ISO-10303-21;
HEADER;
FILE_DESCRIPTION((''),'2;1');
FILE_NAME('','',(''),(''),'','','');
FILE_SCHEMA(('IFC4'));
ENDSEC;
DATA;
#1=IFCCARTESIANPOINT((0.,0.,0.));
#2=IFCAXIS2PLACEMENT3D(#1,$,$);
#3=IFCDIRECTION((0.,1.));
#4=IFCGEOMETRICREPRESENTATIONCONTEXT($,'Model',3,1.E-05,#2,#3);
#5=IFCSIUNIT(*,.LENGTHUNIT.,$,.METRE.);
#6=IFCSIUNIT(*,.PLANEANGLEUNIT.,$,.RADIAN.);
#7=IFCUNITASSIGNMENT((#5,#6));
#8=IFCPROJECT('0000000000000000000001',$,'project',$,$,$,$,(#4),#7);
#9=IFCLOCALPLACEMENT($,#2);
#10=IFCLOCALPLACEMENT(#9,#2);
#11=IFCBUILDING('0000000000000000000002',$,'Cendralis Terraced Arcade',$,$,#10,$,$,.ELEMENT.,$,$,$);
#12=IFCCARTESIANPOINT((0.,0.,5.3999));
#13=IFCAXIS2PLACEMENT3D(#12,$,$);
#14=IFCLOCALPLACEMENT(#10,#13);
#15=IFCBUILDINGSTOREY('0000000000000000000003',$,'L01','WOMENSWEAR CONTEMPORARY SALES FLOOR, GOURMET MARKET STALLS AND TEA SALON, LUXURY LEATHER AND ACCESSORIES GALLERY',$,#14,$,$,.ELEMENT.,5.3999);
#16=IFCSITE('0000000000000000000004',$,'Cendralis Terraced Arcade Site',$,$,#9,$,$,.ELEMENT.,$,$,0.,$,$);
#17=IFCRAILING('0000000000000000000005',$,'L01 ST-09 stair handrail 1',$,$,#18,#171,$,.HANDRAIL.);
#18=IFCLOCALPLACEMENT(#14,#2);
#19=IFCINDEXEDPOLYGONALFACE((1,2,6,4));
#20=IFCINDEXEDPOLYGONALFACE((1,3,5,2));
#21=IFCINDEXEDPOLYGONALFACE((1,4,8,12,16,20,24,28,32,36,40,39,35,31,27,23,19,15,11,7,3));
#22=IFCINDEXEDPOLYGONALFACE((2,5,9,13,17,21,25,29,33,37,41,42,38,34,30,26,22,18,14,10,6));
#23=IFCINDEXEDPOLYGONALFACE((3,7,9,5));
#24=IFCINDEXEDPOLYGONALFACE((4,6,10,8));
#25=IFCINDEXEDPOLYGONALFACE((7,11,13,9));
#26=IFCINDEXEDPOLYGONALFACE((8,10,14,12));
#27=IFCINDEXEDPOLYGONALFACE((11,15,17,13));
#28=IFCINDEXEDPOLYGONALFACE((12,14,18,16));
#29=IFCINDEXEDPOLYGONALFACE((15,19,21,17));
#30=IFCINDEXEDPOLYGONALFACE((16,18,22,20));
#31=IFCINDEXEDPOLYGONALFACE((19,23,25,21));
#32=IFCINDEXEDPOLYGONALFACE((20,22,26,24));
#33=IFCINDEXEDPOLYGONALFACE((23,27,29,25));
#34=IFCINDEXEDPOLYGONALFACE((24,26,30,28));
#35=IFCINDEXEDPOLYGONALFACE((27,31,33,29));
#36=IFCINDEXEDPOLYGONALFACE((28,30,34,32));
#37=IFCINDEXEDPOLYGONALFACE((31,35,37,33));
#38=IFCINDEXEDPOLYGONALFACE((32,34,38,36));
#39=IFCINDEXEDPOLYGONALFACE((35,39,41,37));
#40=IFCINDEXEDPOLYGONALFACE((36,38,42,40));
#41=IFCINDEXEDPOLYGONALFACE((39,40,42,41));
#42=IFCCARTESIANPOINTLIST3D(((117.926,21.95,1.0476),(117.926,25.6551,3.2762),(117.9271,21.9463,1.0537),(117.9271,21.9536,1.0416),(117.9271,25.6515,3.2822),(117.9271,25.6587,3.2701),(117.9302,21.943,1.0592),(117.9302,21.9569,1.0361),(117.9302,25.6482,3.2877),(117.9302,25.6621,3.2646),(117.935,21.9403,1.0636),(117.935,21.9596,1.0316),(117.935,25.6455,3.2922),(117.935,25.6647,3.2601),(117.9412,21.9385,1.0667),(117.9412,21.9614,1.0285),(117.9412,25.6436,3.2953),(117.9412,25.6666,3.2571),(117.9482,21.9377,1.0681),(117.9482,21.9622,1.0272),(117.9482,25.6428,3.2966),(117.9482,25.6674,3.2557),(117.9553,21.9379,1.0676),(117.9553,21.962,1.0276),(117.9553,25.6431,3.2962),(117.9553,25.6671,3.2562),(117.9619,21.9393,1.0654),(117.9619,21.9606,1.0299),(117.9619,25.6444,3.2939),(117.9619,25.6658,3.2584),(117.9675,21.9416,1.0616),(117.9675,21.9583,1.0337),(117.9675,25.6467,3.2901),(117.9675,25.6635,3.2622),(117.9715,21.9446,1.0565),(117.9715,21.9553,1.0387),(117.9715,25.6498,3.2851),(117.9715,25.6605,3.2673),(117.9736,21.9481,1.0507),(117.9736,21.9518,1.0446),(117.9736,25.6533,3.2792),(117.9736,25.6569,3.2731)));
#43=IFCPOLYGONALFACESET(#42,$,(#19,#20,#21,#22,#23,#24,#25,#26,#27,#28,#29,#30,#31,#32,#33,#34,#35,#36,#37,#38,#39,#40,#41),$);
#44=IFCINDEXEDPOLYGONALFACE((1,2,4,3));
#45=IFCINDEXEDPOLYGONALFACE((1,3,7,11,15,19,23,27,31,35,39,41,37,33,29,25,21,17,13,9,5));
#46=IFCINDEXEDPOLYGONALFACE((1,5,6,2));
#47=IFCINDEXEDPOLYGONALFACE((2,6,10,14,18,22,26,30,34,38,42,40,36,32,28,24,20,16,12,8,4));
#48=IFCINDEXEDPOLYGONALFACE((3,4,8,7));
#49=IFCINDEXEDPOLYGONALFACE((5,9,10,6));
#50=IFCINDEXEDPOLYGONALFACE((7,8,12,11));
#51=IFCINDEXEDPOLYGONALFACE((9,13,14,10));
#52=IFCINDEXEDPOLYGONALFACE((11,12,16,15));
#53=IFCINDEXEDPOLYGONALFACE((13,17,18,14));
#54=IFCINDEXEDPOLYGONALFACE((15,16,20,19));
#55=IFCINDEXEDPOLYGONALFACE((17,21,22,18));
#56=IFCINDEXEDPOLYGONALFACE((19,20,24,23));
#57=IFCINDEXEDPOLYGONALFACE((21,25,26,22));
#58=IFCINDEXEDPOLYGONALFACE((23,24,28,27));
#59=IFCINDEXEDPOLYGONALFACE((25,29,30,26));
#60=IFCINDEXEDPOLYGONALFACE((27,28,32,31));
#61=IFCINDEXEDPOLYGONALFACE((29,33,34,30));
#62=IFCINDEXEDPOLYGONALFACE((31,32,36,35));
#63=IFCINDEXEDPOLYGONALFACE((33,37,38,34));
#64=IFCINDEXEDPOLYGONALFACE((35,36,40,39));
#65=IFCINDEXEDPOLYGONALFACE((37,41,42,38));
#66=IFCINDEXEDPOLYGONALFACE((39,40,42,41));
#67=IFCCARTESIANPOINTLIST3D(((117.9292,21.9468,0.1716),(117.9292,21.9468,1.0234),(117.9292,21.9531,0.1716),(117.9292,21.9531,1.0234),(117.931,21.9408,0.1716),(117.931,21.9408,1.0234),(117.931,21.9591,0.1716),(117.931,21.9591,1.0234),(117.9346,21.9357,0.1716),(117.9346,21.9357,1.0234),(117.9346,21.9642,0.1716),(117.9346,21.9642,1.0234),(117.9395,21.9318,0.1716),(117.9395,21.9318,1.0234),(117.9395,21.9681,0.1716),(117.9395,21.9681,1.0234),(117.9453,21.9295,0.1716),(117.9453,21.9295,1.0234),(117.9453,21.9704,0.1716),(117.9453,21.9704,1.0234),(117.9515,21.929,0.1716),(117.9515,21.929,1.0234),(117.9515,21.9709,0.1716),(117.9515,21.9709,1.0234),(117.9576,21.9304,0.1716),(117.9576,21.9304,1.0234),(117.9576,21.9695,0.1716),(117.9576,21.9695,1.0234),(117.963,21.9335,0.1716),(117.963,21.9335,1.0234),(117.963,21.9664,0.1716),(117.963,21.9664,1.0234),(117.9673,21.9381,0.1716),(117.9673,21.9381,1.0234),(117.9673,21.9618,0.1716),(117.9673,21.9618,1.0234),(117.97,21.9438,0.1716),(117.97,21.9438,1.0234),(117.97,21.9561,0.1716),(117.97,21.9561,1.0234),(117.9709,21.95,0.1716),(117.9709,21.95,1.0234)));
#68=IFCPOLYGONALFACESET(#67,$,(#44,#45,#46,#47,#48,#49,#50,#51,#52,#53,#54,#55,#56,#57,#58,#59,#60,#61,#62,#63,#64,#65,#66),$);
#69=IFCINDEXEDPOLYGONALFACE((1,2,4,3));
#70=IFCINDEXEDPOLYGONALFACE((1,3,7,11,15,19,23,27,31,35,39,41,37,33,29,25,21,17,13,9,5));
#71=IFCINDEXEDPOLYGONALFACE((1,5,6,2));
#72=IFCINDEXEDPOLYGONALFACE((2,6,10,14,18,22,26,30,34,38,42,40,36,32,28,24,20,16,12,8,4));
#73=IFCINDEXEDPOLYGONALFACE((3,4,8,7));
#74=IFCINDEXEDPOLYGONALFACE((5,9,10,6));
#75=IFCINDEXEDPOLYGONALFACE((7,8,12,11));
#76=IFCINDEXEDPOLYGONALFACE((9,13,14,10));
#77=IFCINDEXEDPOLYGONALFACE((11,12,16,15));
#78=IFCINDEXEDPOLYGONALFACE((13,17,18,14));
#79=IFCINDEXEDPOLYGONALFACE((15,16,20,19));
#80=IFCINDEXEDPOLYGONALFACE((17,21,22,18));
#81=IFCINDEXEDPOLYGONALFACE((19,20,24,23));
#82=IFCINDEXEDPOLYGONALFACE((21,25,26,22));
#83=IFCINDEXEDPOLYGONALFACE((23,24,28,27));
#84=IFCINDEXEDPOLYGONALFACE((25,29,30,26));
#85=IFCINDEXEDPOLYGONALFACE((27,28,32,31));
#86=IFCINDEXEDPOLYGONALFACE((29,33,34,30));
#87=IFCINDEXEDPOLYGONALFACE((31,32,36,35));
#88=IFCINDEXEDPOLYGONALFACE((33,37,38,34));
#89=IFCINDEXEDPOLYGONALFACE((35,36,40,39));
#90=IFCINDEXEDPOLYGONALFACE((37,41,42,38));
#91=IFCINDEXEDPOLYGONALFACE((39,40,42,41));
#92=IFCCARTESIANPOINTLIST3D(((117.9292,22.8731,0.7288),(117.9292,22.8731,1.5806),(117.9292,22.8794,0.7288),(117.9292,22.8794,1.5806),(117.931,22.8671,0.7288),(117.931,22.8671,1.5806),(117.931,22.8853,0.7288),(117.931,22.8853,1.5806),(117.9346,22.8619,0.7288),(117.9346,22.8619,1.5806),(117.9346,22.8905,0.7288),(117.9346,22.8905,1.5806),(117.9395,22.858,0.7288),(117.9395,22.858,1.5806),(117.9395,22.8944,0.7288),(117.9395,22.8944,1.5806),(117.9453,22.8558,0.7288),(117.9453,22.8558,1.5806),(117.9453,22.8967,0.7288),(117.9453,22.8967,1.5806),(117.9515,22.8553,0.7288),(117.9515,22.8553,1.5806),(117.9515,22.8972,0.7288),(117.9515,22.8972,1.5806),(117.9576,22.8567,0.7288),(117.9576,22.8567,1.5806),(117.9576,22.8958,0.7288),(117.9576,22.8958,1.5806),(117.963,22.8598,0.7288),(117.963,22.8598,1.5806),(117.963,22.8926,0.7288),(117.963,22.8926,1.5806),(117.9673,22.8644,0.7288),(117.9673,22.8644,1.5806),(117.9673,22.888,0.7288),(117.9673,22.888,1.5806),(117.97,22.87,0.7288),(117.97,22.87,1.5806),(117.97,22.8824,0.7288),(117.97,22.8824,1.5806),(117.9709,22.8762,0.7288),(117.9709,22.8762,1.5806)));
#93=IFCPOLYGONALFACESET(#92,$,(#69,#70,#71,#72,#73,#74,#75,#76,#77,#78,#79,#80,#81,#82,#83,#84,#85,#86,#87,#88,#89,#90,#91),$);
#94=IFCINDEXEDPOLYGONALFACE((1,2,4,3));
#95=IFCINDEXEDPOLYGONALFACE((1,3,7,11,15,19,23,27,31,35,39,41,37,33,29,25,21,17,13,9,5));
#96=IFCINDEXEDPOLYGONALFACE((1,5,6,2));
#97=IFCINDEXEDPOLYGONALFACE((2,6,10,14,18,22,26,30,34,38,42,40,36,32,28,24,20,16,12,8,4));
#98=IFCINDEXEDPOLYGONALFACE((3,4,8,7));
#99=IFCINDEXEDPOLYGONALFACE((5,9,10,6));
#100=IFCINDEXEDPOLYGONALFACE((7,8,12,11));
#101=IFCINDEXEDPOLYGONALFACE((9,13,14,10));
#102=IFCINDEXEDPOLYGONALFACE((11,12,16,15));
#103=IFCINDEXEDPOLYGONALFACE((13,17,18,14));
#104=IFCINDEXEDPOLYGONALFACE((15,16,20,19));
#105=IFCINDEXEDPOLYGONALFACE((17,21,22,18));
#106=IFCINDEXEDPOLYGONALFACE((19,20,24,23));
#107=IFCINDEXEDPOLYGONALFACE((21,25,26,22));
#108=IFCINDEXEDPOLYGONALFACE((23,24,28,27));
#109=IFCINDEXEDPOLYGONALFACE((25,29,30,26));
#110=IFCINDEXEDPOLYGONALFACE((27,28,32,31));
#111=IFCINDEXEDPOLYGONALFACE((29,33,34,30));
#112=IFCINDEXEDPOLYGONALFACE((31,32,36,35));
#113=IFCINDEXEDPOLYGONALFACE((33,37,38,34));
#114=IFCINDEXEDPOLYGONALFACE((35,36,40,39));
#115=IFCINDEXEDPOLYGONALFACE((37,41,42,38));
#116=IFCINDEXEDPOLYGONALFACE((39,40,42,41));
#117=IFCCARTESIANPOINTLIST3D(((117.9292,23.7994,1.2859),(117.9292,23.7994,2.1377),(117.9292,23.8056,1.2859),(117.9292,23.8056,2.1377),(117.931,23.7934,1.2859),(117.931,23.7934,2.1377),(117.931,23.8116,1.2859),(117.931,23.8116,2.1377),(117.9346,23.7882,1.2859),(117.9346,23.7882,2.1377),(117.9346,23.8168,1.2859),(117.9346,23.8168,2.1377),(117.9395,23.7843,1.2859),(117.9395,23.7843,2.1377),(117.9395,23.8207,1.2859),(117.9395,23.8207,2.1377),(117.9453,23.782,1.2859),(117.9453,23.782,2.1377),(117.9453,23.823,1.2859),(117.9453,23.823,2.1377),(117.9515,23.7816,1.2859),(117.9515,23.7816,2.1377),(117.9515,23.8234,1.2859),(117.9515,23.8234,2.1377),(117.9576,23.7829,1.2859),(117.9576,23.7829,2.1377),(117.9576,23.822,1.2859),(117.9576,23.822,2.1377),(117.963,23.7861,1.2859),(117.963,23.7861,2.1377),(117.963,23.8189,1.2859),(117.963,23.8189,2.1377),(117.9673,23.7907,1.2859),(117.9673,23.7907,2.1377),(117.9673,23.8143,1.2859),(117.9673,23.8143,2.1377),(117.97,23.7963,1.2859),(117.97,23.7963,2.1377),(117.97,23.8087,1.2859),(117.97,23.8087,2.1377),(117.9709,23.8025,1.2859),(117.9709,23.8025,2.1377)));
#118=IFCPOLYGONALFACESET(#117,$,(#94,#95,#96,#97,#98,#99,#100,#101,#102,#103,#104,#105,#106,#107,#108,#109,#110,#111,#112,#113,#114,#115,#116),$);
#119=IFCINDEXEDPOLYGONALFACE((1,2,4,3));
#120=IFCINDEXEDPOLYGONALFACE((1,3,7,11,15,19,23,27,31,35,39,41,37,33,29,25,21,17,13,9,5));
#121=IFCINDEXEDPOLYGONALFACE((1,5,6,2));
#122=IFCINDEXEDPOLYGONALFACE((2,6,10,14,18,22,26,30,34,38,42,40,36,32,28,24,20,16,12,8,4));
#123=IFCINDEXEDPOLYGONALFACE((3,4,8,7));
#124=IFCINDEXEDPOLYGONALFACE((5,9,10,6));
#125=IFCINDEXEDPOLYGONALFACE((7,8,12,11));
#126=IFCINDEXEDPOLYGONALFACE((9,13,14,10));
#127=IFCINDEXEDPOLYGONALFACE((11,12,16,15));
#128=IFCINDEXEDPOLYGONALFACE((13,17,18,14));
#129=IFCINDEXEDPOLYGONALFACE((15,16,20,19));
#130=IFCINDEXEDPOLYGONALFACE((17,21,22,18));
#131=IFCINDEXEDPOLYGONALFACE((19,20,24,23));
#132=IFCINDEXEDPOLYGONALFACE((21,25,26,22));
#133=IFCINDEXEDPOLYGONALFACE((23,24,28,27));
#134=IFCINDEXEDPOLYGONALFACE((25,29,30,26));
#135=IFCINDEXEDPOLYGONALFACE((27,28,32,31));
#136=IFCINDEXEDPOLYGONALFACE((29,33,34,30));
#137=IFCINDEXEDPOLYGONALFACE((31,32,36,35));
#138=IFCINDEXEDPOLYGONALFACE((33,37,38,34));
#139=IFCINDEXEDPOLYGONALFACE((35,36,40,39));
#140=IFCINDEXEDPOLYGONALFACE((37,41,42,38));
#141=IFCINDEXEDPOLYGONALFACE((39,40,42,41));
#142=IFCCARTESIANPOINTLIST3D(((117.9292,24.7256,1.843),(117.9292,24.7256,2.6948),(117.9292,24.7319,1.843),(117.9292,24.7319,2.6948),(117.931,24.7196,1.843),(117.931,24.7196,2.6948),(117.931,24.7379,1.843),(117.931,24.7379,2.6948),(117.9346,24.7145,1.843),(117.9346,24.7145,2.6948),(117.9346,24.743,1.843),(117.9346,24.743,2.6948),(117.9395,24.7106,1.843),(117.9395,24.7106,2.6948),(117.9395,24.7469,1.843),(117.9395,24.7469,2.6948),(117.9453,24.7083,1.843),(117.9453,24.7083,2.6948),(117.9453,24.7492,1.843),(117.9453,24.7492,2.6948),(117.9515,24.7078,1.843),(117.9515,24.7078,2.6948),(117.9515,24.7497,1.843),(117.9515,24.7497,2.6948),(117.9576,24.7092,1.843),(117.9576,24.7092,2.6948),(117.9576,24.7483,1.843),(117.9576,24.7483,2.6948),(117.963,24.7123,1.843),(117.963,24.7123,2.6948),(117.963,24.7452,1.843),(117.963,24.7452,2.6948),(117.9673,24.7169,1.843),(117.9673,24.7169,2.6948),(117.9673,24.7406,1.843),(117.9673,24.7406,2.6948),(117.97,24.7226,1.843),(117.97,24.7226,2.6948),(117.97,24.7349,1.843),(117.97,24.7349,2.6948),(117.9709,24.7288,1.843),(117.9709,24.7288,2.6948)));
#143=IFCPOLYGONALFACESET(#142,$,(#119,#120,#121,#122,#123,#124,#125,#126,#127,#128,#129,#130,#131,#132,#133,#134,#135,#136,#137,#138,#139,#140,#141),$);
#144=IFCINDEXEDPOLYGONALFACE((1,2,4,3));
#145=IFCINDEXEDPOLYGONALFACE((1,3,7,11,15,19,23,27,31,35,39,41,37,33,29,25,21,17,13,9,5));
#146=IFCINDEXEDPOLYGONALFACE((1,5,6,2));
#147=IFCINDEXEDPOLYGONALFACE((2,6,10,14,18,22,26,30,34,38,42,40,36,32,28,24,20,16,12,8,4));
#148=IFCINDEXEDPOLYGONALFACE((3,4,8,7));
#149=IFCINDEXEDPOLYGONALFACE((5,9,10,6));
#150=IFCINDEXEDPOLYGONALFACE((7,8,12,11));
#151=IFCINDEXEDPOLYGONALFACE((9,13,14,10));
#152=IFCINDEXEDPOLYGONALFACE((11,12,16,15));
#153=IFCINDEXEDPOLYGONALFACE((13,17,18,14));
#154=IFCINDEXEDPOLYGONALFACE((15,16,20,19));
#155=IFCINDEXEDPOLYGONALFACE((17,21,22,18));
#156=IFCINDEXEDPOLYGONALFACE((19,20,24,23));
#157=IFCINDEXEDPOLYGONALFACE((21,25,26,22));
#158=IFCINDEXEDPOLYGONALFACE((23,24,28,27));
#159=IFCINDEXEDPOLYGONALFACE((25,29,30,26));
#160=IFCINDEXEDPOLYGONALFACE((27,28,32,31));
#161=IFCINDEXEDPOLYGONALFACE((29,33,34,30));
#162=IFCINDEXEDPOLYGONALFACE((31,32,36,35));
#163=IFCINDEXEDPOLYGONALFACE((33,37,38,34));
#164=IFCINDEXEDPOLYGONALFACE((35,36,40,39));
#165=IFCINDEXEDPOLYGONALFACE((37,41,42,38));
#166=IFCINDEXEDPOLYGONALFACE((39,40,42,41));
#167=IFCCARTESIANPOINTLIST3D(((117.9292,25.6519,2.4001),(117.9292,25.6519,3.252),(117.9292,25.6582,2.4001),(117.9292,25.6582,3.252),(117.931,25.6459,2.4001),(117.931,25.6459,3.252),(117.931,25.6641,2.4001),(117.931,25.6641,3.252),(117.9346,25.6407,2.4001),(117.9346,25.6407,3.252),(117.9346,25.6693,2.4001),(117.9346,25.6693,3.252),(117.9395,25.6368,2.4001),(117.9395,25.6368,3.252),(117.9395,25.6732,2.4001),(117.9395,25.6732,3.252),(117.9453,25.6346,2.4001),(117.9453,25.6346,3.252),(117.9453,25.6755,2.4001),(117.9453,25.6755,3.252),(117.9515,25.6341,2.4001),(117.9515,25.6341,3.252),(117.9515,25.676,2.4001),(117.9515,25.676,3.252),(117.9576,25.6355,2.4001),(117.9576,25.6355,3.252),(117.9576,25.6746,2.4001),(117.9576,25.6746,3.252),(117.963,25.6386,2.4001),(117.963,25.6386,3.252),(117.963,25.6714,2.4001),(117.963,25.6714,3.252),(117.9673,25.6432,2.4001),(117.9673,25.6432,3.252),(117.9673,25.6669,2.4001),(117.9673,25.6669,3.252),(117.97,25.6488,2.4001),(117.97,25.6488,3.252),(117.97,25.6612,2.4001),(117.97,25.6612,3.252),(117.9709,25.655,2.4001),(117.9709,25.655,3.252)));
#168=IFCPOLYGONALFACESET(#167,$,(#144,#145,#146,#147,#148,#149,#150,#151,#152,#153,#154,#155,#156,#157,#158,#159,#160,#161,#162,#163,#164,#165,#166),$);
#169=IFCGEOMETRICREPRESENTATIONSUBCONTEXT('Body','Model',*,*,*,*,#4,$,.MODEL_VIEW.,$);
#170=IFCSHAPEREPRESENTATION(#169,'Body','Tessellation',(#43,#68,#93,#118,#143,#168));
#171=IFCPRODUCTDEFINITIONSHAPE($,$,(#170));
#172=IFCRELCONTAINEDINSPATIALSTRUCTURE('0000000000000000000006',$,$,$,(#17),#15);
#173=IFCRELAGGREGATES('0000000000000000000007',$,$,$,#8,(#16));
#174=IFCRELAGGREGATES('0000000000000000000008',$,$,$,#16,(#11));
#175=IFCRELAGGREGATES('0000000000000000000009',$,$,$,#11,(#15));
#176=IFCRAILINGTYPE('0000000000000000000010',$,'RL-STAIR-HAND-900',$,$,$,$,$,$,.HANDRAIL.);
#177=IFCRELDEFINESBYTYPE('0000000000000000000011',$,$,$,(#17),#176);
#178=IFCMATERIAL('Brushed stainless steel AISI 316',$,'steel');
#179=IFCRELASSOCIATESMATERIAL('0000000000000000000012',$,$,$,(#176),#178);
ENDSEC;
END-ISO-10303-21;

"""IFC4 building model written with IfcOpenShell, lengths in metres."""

from ifc_helpers import new_model, si_unit, direction, frame, origin, origin_2d, place, context, subcontext, project, spatial, circle, extrude, material, type_object, element, save


model = new_model("IFC4")

# Units and contexts
model_context = context("Model", 3, precision=1e-05, world=origin(), true_north=direction((0.0, 1.0)))
body_context = subcontext(model_context, "Body", "Model", "MODEL_VIEW")
ifc_project = project(units=[si_unit("LENGTHUNIT", "METRE"), si_unit("PLANEANGLEUNIT", "RADIAN")], contexts=[model_context])

# Site, building, storey
site_placement = place(None, origin())
site = spatial("IfcSite", under=ifc_project, at=site_placement, Name="Cendralis Terraced Arcade Site", CompositionType="ELEMENT", RefElevation=0.0)
building_placement = place(site_placement, origin())
building = spatial("IfcBuilding", under=site, at=building_placement, Name="Cendralis Terraced Arcade", CompositionType="ELEMENT")
storey_placement = place(building_placement, frame((0.0, 0.0, 5.3999)))
storey = spatial("IfcBuildingStorey", under=building, at=storey_placement, Name="L01", Description="WOMENSWEAR CONTEMPORARY SALES FLOOR, GOURMET MARKET STALLS AND TEA SALON, LUXURY LEATHER AND ACCESSORIES GALLERY", CompositionType="ELEMENT", Elevation=5.3999)

# Railing
ifc_material_1 = material(Name="Brushed stainless steel AISI 316", Category="steel")
railing_type_1 = type_object("IfcRailingType", Name="RL-STAIR-HAND-900", PredefinedType="HANDRAIL", material=ifc_material_1)
railing_1_placement = place(storey_placement, frame((117.95, 21.95, 0.1716)))
element("IfcRailing", 1, at=railing_1_placement, inside=storey, type_object=railing_type_1, Name="L01 ST-09 stair handrail 1", PredefinedType="HANDRAIL", context=body_context, shape_type="SweptSolid", body=[
    extrude(circle(Radius=0.0239, at=origin_2d()), frame((0.0, 0.0, 0.876), z_axis=(0.0, 0.856934, 0.515425), x_axis=(-1.0, 0.0, 0.0)), (0.0, 0.0, 1.0), 4.3237),
    extrude(circle(Radius=0.021, at=origin_2d()), origin(), (0.0, 0.0, 1.0), 0.8518),
    extrude(circle(Radius=0.021, at=origin_2d()), frame((0.0, 0.9263, 0.5571)), (0.0, 0.0, 1.0), 0.8518),
    extrude(circle(Radius=0.021, at=origin_2d()), frame((0.0, 1.8525, 1.1143)), (0.0, 0.0, 1.0), 0.8518),
    extrude(circle(Radius=0.021, at=origin_2d()), frame((0.0, 2.7788, 1.6714)), (0.0, 0.0, 1.0), 0.8518),
    extrude(circle(Radius=0.021, at=origin_2d()), frame((0.0, 3.7051, 2.2285)), (0.0, 0.0, 1.0), 0.8518),
])

save(model, "model.ifc")
